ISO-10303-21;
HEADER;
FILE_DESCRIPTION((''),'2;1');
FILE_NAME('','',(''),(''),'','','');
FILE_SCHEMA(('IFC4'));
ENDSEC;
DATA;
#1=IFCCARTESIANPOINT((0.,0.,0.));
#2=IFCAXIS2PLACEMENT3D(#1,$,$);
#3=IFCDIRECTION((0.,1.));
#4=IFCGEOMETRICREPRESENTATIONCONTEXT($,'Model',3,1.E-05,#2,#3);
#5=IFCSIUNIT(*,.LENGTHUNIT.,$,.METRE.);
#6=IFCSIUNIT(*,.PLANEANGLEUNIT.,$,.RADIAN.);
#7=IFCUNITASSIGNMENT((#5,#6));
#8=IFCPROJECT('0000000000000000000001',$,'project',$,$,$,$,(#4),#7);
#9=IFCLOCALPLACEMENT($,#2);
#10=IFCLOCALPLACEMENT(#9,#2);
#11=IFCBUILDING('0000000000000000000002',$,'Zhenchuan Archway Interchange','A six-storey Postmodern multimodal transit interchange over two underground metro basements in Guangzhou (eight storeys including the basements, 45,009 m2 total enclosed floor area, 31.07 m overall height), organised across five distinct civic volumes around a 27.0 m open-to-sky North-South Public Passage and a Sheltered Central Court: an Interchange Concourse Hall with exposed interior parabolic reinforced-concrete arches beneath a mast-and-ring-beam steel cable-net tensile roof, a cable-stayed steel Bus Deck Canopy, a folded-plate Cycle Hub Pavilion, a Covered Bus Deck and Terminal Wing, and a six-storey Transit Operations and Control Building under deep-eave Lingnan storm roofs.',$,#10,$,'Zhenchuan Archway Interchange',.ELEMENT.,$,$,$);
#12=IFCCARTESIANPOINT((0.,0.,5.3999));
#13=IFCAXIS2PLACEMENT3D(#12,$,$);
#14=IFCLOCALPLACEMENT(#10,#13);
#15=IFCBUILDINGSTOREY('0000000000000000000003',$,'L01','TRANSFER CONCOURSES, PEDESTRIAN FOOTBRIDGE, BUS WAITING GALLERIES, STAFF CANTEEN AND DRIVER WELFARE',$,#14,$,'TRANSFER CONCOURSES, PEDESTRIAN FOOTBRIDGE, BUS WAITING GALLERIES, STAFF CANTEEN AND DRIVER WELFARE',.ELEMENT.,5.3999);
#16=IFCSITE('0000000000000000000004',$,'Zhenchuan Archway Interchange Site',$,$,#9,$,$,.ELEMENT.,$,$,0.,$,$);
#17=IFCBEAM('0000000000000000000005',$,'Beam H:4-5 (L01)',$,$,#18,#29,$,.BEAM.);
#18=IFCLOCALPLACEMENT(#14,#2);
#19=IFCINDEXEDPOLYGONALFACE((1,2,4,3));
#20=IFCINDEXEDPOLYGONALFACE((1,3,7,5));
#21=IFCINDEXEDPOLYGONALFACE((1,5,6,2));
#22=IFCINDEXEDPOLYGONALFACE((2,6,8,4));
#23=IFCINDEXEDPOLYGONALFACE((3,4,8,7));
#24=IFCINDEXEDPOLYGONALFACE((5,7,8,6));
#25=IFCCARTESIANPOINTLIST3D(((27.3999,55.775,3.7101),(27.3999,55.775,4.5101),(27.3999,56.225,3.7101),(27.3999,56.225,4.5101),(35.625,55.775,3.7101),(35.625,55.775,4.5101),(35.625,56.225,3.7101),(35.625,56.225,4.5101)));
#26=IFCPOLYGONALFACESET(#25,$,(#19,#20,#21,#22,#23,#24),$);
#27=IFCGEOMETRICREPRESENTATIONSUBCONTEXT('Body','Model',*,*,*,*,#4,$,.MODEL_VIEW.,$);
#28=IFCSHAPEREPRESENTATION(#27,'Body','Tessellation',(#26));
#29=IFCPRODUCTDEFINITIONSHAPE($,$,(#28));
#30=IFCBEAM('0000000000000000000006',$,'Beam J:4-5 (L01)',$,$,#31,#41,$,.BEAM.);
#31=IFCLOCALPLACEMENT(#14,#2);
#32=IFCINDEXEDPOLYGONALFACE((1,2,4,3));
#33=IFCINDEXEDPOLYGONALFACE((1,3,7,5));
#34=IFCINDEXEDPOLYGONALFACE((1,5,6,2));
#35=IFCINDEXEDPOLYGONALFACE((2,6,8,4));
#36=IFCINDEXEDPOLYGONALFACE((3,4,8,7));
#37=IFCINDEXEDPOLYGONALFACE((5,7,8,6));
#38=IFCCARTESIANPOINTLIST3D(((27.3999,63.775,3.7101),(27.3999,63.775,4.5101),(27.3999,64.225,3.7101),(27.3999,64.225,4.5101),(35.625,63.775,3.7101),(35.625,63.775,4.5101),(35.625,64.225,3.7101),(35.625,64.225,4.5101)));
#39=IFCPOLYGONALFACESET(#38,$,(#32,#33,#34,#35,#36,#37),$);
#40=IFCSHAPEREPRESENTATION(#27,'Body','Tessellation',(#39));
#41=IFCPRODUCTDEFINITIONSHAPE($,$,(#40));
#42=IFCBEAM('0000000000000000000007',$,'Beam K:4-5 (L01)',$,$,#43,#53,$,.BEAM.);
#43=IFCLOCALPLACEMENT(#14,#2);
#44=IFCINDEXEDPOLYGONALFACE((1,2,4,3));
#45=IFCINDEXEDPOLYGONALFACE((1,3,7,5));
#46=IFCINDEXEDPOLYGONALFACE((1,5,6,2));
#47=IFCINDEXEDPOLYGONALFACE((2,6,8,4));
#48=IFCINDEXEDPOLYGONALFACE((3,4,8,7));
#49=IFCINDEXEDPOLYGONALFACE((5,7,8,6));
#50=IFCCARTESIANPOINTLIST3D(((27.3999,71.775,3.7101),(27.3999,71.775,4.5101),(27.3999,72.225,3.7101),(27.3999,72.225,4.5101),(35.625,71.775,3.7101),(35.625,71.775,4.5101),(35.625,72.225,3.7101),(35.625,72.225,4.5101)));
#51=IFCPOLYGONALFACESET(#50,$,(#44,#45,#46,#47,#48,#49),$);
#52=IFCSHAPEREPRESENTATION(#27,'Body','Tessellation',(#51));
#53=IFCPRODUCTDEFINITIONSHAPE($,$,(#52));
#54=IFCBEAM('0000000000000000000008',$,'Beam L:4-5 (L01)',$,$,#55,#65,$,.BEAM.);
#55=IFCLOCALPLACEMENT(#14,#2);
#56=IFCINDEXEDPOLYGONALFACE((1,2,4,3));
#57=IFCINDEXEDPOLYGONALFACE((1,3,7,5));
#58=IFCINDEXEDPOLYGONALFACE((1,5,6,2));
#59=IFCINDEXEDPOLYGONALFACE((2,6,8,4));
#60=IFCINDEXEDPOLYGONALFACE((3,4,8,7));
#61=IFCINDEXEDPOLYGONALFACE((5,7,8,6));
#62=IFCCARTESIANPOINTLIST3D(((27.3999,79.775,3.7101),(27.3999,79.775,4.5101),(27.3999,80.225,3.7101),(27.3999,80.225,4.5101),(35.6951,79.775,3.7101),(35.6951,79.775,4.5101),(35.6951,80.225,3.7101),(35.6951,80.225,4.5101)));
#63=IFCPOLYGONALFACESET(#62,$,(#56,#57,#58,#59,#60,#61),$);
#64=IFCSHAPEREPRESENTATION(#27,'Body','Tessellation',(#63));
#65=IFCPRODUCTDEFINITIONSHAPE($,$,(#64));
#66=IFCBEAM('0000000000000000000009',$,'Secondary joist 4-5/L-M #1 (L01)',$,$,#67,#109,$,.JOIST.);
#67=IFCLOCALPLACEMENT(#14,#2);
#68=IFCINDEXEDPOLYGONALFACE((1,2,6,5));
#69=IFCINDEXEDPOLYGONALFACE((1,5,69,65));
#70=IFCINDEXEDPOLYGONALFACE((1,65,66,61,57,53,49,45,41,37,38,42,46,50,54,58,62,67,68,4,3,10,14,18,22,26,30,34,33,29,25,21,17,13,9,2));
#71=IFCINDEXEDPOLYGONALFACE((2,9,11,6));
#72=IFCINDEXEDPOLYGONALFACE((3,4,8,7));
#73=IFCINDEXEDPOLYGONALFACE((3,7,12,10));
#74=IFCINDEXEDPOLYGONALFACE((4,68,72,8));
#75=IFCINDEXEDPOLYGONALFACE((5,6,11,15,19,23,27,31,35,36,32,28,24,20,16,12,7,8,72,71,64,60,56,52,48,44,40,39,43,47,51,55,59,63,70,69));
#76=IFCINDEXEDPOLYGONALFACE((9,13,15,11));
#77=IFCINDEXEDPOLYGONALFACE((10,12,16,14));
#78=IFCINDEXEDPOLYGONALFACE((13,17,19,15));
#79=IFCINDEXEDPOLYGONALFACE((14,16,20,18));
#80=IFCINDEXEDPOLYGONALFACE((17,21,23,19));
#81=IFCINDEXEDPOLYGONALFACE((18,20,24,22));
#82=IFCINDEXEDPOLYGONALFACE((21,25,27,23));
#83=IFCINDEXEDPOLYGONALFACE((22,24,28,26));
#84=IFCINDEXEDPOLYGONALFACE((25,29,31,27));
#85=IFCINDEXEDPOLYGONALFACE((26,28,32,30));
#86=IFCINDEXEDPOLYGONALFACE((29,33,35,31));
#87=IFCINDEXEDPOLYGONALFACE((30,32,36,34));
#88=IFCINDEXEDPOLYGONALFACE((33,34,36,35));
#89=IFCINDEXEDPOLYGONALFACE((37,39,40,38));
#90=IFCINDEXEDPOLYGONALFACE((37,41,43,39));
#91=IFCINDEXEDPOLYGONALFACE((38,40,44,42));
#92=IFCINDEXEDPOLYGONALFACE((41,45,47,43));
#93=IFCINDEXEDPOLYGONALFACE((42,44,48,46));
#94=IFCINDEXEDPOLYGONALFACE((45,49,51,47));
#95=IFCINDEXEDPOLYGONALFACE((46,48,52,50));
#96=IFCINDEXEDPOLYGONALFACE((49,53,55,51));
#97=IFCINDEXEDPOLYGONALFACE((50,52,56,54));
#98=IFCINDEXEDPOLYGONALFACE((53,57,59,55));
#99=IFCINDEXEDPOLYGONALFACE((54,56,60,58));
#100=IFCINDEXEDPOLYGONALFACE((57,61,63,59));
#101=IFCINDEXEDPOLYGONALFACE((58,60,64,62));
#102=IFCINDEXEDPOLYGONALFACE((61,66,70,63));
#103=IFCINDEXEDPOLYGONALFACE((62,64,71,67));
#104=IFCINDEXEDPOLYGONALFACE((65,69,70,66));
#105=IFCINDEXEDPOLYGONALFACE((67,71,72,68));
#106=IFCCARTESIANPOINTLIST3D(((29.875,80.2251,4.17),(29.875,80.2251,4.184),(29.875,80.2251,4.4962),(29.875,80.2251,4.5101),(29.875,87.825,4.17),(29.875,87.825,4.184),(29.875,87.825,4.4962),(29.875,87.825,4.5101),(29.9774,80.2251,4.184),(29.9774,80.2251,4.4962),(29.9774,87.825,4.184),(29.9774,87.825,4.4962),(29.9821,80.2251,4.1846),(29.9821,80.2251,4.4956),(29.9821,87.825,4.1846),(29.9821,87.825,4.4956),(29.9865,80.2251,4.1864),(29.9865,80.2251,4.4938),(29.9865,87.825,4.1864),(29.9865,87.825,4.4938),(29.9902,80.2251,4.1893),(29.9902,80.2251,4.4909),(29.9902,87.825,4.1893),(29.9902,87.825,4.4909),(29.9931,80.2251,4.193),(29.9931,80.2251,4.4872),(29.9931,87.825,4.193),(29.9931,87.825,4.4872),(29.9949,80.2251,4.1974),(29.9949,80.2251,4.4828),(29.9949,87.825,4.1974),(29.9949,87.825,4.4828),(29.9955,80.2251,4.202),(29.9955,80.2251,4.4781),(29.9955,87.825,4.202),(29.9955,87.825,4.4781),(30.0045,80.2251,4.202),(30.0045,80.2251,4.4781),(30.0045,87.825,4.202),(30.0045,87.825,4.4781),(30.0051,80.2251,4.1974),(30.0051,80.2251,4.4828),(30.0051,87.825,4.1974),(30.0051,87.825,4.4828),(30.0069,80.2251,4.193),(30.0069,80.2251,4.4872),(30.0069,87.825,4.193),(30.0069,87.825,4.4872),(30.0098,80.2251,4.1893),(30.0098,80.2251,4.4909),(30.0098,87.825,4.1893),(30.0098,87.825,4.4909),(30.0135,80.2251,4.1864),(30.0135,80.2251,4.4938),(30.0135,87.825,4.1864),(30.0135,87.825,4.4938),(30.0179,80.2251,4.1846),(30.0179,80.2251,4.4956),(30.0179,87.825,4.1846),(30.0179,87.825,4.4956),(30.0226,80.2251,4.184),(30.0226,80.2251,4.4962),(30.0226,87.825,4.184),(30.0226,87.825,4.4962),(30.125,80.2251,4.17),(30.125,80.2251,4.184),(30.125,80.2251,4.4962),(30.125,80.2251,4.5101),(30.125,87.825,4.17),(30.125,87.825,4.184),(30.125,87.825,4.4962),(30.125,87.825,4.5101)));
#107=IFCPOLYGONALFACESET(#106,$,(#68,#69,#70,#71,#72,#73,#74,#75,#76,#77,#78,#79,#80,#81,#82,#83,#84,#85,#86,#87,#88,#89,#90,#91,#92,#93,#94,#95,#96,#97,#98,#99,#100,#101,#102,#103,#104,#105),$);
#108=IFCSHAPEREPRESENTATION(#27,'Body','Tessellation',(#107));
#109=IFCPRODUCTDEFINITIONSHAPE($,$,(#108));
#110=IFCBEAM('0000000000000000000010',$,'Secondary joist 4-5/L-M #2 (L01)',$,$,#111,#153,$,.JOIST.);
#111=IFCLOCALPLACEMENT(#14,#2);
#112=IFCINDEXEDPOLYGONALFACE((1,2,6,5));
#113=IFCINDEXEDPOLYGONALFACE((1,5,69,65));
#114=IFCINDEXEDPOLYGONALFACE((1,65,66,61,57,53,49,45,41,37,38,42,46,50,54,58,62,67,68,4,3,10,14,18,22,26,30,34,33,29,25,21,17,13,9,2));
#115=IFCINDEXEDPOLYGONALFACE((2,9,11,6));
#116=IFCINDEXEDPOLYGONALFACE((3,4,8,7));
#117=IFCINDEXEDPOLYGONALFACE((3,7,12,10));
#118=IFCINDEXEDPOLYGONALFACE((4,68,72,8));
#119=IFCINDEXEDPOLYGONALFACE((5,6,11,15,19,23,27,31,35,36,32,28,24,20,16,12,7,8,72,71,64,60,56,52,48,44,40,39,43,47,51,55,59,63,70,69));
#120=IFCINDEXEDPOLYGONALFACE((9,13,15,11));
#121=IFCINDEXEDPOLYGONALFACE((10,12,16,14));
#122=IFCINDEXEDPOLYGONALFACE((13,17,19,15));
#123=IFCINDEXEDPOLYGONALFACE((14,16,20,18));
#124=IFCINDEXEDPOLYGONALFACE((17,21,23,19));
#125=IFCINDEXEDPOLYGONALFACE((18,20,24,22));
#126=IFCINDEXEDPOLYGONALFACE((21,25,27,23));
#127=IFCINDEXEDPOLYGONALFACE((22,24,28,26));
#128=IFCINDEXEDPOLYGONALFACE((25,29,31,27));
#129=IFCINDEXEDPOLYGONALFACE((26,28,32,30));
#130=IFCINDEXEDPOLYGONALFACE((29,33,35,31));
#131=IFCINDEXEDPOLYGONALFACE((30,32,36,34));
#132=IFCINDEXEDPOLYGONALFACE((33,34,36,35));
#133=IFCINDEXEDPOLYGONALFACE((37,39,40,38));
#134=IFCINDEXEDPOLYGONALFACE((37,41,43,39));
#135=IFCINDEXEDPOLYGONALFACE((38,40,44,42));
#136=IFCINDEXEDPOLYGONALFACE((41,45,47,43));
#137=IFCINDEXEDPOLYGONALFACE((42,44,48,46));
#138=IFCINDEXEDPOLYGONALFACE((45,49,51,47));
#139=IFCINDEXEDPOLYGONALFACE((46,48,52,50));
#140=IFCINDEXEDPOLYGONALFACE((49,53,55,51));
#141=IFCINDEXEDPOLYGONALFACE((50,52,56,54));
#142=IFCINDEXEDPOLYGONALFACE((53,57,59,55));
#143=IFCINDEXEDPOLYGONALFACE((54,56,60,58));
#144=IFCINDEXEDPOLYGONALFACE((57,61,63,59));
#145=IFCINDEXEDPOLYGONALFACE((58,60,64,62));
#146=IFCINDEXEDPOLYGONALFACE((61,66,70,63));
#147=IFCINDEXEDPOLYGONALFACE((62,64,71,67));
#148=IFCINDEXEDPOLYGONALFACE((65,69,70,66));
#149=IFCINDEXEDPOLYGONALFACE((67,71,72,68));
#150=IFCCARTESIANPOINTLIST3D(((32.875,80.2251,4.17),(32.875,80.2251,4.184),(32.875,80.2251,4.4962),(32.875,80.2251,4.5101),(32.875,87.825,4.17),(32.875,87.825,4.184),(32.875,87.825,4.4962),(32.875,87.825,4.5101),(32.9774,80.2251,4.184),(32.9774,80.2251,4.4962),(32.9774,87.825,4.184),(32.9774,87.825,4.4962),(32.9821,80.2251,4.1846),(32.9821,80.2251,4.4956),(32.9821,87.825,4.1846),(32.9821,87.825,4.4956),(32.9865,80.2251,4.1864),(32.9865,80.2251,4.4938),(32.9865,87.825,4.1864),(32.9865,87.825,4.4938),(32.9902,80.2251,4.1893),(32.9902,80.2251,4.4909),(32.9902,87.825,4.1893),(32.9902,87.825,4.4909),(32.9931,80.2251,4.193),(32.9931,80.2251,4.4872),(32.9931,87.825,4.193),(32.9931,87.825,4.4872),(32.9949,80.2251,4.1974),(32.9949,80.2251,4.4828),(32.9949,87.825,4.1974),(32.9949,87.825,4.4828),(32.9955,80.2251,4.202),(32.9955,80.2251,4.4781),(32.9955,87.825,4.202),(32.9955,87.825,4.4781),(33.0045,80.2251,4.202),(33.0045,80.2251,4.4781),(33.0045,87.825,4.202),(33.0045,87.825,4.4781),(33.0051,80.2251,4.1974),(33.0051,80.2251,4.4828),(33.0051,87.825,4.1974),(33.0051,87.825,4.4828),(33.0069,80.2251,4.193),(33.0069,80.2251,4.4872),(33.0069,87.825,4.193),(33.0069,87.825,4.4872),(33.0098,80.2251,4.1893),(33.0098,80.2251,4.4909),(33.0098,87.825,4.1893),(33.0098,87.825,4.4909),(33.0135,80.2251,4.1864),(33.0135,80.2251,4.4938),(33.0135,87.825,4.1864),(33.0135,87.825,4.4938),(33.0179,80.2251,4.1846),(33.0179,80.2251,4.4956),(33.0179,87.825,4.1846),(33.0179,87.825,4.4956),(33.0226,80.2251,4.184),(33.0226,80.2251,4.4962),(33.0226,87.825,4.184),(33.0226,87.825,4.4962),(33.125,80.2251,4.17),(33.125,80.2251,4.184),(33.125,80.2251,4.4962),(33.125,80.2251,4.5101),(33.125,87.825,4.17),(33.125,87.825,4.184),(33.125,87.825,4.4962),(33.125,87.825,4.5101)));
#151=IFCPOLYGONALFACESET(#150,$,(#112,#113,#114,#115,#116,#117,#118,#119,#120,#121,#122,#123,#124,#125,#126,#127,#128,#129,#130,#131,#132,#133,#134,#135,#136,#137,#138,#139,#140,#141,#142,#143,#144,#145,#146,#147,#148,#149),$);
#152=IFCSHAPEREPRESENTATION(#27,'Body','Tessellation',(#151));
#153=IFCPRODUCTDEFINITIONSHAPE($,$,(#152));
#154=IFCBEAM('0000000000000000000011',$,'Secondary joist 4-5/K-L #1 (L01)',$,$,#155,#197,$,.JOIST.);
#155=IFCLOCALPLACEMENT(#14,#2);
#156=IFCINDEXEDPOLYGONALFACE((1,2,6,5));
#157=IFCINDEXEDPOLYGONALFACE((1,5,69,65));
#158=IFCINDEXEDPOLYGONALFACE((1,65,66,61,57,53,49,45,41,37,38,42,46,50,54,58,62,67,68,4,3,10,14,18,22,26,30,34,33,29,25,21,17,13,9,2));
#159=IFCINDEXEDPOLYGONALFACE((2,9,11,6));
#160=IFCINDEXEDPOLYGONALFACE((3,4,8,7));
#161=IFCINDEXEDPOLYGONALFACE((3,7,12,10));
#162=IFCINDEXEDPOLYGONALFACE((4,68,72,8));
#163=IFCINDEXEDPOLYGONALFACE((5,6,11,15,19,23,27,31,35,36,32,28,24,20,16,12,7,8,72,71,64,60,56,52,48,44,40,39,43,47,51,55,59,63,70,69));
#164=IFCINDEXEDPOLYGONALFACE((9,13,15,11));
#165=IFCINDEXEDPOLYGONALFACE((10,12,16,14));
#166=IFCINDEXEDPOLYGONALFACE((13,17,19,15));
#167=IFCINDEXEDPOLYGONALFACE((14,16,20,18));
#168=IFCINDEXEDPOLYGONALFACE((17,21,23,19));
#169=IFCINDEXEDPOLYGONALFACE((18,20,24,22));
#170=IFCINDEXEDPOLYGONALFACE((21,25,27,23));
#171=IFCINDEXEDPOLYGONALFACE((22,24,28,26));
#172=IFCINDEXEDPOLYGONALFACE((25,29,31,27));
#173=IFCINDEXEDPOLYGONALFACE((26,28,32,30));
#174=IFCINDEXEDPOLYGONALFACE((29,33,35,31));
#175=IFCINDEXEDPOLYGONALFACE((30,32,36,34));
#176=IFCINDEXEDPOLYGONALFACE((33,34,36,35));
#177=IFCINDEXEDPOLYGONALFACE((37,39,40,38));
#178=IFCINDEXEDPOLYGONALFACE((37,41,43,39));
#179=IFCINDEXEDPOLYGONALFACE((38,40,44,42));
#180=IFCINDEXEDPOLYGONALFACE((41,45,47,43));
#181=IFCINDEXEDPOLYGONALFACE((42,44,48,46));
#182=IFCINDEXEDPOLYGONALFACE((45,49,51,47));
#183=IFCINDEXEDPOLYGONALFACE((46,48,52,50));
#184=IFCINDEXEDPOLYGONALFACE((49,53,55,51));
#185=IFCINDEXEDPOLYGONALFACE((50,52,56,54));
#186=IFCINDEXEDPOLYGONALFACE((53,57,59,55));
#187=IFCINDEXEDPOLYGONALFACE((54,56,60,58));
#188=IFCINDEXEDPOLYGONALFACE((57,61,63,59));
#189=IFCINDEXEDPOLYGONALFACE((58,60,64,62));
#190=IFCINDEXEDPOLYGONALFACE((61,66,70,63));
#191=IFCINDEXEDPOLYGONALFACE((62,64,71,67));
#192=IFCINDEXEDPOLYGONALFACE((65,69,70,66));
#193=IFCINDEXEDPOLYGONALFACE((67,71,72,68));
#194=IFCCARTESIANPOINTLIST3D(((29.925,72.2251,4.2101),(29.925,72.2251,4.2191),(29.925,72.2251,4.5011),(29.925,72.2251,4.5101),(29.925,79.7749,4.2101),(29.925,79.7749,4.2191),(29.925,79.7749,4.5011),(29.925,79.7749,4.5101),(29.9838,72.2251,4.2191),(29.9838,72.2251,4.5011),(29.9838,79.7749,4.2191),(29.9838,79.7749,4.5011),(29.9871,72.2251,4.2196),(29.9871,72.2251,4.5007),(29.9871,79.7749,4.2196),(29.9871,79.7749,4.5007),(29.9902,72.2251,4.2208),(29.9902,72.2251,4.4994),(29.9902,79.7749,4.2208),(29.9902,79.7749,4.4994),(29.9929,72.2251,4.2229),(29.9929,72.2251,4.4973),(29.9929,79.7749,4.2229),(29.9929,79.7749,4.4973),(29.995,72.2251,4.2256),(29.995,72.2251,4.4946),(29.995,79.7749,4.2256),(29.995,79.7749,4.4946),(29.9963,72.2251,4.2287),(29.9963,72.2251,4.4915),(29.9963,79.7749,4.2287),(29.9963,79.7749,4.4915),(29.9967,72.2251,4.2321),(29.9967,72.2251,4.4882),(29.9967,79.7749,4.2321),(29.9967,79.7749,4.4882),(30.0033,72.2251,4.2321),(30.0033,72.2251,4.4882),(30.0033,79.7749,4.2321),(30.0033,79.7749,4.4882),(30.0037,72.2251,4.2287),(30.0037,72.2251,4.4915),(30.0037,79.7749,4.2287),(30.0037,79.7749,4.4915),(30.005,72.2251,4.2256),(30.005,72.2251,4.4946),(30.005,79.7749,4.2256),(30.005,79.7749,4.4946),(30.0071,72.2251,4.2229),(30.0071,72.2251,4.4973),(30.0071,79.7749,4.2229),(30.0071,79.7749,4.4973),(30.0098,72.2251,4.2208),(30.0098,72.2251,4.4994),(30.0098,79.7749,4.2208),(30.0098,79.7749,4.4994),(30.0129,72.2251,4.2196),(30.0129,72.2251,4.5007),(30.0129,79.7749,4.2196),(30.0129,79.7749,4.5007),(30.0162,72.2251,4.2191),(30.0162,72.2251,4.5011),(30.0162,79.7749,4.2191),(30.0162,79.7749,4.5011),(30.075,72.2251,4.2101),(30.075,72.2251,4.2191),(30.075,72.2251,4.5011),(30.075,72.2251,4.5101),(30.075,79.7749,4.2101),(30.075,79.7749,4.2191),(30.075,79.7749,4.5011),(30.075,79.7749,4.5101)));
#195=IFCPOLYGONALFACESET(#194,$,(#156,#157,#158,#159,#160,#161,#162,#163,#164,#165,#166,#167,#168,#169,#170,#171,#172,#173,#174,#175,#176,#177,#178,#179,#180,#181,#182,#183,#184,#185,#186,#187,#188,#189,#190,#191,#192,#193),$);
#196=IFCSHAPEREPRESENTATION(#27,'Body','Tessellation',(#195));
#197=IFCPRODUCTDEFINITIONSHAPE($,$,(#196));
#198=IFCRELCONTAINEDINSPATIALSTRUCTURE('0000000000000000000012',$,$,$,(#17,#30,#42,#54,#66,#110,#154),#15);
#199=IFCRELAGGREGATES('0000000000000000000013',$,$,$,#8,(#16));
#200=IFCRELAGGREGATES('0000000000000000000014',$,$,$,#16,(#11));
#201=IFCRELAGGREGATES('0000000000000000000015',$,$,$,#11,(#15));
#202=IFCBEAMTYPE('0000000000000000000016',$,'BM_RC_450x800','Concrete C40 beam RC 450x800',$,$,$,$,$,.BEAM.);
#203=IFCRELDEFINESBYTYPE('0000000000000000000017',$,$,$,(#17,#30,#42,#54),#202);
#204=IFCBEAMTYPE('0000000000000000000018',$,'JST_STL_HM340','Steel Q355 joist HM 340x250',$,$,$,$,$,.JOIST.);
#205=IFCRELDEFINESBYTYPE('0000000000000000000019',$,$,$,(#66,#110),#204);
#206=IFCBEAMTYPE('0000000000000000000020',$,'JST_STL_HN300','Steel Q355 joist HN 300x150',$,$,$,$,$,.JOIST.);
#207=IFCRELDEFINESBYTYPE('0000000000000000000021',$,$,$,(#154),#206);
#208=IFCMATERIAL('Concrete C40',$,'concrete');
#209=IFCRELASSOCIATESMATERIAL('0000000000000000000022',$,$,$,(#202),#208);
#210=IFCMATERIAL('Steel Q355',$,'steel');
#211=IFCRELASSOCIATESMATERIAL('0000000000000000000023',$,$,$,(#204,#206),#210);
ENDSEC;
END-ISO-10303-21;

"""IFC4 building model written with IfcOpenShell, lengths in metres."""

from ifc_helpers import new_model, si_unit, direction, frame, origin, origin_2d, place, context, subcontext, project, spatial, rectangle, i_section, extrude, material, material_profile, profile_set, type_object, element, save


model = new_model("IFC4")

# Units and contexts
model_context = context("Model", 3, precision=1e-05, world=origin(), true_north=direction((0.0, 1.0)))
body_context = subcontext(model_context, "Body", "Model", "MODEL_VIEW")
ifc_project = project(units=[si_unit("LENGTHUNIT", "METRE"), si_unit("PLANEANGLEUNIT", "RADIAN")], contexts=[model_context])

# Site, building, storey
site_placement = place(None, origin())
site = spatial("IfcSite", under=ifc_project, at=site_placement, Name="Zhenchuan Archway Interchange Site", CompositionType="ELEMENT", RefElevation=0.0)
building_placement = place(site_placement, origin())
building = spatial("IfcBuilding", under=site, at=building_placement, Name="Zhenchuan Archway Interchange", Description="A six-storey Postmodern multimodal transit interchange over two underground metro basements in Guangzhou (eight storeys including the basements, 45,009 m2 total enclosed floor area, 31.07 m overall height), organised across five distinct civic volumes around a 27.0 m open-to-sky North-South Public Passage and a Sheltered Central Court: an Interchange Concourse Hall with exposed interior parabolic reinforced-concrete arches beneath a mast-and-ring-beam steel cable-net tensile roof, a cable-stayed steel Bus Deck Canopy, a folded-plate Cycle Hub Pavilion, a Covered Bus Deck and Terminal Wing, and a six-storey Transit Operations and Control Building under deep-eave Lingnan storm roofs.", LongName="Zhenchuan Archway Interchange", CompositionType="ELEMENT")
storey_placement = place(building_placement, frame((0.0, 0.0, 5.3999)))
storey = spatial("IfcBuildingStorey", under=building, at=storey_placement, Name="L01", Description="TRANSFER CONCOURSES, PEDESTRIAN FOOTBRIDGE, BUS WAITING GALLERIES, STAFF CANTEEN AND DRIVER WELFARE", LongName="TRANSFER CONCOURSES, PEDESTRIAN FOOTBRIDGE, BUS WAITING GALLERIES, STAFF CANTEEN AND DRIVER WELFARE", CompositionType="ELEMENT", Elevation=5.3999)

# Shared definitions
ifc_material_1 = material(Name="Concrete C40", Category="concrete")

# Beams
ifc_material_profile_1 = material_profile(ifc_material_1, rectangle(XDim=0.45, YDim=0.8, at=origin_2d()), Name="RC 450x800")
ifc_profile_set_1 = profile_set([ifc_material_profile_1], Name="Concrete C40")
beam_type_1 = type_object("IfcBeamType", Name="BM_RC_450x800", Description="Concrete C40 beam RC 450x800", PredefinedType="BEAM", material=ifc_profile_set_1)
for number, where, z_axis, x_axis, name in (
    (1, (27.3999, 56.0, 4.1101), (1.0, 0.0, 0.0), (0.0, 1.0, 0.0), "Beam H:4-5 (L01)"),
    (2, (27.3999, 64.0, 4.1101), (1.0, 0.0, 0.0), (0.0, 1.0, 0.0), "Beam J:4-5 (L01)"),
    (3, (27.3999, 72.0, 4.1101), (1.0, 0.0, 0.0), (0.0, 1.0, 0.0), "Beam K:4-5 (L01)"),
):
    element("IfcBeam", number, at=place(storey_placement, frame(where, z_axis=z_axis, x_axis=x_axis)), inside=storey, type_object=beam_type_1, Name=name, PredefinedType="BEAM", context=body_context, shape_type="SweptSolid", body=[
        extrude(rectangle(XDim=0.45, YDim=0.8, at=origin_2d()), origin(), (0.0, 0.0, 1.0), 8.2251),
    ])
beam_1_placement = place(storey_placement, frame((27.3999, 80.0, 4.1101), z_axis=(1.0, 0.0, 0.0), x_axis=(0.0, 1.0, 0.0)))
element("IfcBeam", 4, at=beam_1_placement, inside=storey, type_object=beam_type_1, Name="Beam L:4-5 (L01)", PredefinedType="BEAM", context=body_context, shape_type="SweptSolid", body=[
    extrude(rectangle(XDim=0.45, YDim=0.8, at=origin_2d()), origin(), (0.0, 0.0, 1.0), 8.2952),
])
ifc_material_2 = material(Name="Steel Q355", Category="steel")
ifc_material_profile_2 = material_profile(ifc_material_2, i_section(OverallWidth=0.25, OverallDepth=0.3401, WebThickness=0.009, FlangeThickness=0.0139, FilletRadius=0.0181, at=origin_2d()), Name="HM 340x250")
ifc_profile_set_2 = profile_set([ifc_material_profile_2], Name="Steel Q355")
beam_type_2 = type_object("IfcBeamType", Name="JST_STL_HM340", Description="Steel Q355 joist HM 340x250", PredefinedType="JOIST", material=ifc_profile_set_2)
for number, where, z_axis, x_axis, name in (
    (5, (30.0, 80.2251, 4.3401), (0.0, 1.0, 0.0), (-1.0, 0.0, 0.0), "Secondary joist 4-5/L-M #1 (L01)"),
    (6, (33.0, 80.2251, 4.3401), (0.0, 1.0, 0.0), (-1.0, 0.0, 0.0), "Secondary joist 4-5/L-M #2 (L01)"),
):
    element("IfcBeam", number, at=place(storey_placement, frame(where, z_axis=z_axis, x_axis=x_axis)), inside=storey, type_object=beam_type_2, Name=name, PredefinedType="JOIST", context=body_context, shape_type="SweptSolid", body=[
        extrude(i_section(OverallWidth=0.25, OverallDepth=0.3401, WebThickness=0.009, FlangeThickness=0.0139, FilletRadius=0.0181, at=origin_2d()), origin(), (0.0, 0.0, 1.0), 7.5999),
    ])
ifc_material_profile_3 = material_profile(ifc_material_2, i_section(OverallWidth=0.1499, OverallDepth=0.3, WebThickness=0.0066, FlangeThickness=0.009, FilletRadius=0.0129, at=origin_2d()), Name="HN 300x150")
ifc_profile_set_3 = profile_set([ifc_material_profile_3], Name="Steel Q355")
beam_type_3 = type_object("IfcBeamType", Name="JST_STL_HN300", Description="Steel Q355 joist HN 300x150", PredefinedType="JOIST", material=ifc_profile_set_3)
for number, where, z_axis, x_axis, name in (
    (7, (30.0, 72.2251, 4.3601), (0.0, 1.0, 0.0), (-1.0, 0.0, 0.0), "Secondary joist 4-5/K-L #1 (L01)"),
):
    element("IfcBeam", number, at=place(storey_placement, frame(where, z_axis=z_axis, x_axis=x_axis)), inside=storey, type_object=beam_type_3, Name=name, PredefinedType="JOIST", context=body_context, shape_type="SweptSolid", body=[
        extrude(i_section(OverallWidth=0.1499, OverallDepth=0.3, WebThickness=0.0066, FlangeThickness=0.009, FilletRadius=0.0129, at=origin_2d()), origin(), (0.0, 0.0, 1.0), 7.5498),
    ])

save(model, "model.ifc")
